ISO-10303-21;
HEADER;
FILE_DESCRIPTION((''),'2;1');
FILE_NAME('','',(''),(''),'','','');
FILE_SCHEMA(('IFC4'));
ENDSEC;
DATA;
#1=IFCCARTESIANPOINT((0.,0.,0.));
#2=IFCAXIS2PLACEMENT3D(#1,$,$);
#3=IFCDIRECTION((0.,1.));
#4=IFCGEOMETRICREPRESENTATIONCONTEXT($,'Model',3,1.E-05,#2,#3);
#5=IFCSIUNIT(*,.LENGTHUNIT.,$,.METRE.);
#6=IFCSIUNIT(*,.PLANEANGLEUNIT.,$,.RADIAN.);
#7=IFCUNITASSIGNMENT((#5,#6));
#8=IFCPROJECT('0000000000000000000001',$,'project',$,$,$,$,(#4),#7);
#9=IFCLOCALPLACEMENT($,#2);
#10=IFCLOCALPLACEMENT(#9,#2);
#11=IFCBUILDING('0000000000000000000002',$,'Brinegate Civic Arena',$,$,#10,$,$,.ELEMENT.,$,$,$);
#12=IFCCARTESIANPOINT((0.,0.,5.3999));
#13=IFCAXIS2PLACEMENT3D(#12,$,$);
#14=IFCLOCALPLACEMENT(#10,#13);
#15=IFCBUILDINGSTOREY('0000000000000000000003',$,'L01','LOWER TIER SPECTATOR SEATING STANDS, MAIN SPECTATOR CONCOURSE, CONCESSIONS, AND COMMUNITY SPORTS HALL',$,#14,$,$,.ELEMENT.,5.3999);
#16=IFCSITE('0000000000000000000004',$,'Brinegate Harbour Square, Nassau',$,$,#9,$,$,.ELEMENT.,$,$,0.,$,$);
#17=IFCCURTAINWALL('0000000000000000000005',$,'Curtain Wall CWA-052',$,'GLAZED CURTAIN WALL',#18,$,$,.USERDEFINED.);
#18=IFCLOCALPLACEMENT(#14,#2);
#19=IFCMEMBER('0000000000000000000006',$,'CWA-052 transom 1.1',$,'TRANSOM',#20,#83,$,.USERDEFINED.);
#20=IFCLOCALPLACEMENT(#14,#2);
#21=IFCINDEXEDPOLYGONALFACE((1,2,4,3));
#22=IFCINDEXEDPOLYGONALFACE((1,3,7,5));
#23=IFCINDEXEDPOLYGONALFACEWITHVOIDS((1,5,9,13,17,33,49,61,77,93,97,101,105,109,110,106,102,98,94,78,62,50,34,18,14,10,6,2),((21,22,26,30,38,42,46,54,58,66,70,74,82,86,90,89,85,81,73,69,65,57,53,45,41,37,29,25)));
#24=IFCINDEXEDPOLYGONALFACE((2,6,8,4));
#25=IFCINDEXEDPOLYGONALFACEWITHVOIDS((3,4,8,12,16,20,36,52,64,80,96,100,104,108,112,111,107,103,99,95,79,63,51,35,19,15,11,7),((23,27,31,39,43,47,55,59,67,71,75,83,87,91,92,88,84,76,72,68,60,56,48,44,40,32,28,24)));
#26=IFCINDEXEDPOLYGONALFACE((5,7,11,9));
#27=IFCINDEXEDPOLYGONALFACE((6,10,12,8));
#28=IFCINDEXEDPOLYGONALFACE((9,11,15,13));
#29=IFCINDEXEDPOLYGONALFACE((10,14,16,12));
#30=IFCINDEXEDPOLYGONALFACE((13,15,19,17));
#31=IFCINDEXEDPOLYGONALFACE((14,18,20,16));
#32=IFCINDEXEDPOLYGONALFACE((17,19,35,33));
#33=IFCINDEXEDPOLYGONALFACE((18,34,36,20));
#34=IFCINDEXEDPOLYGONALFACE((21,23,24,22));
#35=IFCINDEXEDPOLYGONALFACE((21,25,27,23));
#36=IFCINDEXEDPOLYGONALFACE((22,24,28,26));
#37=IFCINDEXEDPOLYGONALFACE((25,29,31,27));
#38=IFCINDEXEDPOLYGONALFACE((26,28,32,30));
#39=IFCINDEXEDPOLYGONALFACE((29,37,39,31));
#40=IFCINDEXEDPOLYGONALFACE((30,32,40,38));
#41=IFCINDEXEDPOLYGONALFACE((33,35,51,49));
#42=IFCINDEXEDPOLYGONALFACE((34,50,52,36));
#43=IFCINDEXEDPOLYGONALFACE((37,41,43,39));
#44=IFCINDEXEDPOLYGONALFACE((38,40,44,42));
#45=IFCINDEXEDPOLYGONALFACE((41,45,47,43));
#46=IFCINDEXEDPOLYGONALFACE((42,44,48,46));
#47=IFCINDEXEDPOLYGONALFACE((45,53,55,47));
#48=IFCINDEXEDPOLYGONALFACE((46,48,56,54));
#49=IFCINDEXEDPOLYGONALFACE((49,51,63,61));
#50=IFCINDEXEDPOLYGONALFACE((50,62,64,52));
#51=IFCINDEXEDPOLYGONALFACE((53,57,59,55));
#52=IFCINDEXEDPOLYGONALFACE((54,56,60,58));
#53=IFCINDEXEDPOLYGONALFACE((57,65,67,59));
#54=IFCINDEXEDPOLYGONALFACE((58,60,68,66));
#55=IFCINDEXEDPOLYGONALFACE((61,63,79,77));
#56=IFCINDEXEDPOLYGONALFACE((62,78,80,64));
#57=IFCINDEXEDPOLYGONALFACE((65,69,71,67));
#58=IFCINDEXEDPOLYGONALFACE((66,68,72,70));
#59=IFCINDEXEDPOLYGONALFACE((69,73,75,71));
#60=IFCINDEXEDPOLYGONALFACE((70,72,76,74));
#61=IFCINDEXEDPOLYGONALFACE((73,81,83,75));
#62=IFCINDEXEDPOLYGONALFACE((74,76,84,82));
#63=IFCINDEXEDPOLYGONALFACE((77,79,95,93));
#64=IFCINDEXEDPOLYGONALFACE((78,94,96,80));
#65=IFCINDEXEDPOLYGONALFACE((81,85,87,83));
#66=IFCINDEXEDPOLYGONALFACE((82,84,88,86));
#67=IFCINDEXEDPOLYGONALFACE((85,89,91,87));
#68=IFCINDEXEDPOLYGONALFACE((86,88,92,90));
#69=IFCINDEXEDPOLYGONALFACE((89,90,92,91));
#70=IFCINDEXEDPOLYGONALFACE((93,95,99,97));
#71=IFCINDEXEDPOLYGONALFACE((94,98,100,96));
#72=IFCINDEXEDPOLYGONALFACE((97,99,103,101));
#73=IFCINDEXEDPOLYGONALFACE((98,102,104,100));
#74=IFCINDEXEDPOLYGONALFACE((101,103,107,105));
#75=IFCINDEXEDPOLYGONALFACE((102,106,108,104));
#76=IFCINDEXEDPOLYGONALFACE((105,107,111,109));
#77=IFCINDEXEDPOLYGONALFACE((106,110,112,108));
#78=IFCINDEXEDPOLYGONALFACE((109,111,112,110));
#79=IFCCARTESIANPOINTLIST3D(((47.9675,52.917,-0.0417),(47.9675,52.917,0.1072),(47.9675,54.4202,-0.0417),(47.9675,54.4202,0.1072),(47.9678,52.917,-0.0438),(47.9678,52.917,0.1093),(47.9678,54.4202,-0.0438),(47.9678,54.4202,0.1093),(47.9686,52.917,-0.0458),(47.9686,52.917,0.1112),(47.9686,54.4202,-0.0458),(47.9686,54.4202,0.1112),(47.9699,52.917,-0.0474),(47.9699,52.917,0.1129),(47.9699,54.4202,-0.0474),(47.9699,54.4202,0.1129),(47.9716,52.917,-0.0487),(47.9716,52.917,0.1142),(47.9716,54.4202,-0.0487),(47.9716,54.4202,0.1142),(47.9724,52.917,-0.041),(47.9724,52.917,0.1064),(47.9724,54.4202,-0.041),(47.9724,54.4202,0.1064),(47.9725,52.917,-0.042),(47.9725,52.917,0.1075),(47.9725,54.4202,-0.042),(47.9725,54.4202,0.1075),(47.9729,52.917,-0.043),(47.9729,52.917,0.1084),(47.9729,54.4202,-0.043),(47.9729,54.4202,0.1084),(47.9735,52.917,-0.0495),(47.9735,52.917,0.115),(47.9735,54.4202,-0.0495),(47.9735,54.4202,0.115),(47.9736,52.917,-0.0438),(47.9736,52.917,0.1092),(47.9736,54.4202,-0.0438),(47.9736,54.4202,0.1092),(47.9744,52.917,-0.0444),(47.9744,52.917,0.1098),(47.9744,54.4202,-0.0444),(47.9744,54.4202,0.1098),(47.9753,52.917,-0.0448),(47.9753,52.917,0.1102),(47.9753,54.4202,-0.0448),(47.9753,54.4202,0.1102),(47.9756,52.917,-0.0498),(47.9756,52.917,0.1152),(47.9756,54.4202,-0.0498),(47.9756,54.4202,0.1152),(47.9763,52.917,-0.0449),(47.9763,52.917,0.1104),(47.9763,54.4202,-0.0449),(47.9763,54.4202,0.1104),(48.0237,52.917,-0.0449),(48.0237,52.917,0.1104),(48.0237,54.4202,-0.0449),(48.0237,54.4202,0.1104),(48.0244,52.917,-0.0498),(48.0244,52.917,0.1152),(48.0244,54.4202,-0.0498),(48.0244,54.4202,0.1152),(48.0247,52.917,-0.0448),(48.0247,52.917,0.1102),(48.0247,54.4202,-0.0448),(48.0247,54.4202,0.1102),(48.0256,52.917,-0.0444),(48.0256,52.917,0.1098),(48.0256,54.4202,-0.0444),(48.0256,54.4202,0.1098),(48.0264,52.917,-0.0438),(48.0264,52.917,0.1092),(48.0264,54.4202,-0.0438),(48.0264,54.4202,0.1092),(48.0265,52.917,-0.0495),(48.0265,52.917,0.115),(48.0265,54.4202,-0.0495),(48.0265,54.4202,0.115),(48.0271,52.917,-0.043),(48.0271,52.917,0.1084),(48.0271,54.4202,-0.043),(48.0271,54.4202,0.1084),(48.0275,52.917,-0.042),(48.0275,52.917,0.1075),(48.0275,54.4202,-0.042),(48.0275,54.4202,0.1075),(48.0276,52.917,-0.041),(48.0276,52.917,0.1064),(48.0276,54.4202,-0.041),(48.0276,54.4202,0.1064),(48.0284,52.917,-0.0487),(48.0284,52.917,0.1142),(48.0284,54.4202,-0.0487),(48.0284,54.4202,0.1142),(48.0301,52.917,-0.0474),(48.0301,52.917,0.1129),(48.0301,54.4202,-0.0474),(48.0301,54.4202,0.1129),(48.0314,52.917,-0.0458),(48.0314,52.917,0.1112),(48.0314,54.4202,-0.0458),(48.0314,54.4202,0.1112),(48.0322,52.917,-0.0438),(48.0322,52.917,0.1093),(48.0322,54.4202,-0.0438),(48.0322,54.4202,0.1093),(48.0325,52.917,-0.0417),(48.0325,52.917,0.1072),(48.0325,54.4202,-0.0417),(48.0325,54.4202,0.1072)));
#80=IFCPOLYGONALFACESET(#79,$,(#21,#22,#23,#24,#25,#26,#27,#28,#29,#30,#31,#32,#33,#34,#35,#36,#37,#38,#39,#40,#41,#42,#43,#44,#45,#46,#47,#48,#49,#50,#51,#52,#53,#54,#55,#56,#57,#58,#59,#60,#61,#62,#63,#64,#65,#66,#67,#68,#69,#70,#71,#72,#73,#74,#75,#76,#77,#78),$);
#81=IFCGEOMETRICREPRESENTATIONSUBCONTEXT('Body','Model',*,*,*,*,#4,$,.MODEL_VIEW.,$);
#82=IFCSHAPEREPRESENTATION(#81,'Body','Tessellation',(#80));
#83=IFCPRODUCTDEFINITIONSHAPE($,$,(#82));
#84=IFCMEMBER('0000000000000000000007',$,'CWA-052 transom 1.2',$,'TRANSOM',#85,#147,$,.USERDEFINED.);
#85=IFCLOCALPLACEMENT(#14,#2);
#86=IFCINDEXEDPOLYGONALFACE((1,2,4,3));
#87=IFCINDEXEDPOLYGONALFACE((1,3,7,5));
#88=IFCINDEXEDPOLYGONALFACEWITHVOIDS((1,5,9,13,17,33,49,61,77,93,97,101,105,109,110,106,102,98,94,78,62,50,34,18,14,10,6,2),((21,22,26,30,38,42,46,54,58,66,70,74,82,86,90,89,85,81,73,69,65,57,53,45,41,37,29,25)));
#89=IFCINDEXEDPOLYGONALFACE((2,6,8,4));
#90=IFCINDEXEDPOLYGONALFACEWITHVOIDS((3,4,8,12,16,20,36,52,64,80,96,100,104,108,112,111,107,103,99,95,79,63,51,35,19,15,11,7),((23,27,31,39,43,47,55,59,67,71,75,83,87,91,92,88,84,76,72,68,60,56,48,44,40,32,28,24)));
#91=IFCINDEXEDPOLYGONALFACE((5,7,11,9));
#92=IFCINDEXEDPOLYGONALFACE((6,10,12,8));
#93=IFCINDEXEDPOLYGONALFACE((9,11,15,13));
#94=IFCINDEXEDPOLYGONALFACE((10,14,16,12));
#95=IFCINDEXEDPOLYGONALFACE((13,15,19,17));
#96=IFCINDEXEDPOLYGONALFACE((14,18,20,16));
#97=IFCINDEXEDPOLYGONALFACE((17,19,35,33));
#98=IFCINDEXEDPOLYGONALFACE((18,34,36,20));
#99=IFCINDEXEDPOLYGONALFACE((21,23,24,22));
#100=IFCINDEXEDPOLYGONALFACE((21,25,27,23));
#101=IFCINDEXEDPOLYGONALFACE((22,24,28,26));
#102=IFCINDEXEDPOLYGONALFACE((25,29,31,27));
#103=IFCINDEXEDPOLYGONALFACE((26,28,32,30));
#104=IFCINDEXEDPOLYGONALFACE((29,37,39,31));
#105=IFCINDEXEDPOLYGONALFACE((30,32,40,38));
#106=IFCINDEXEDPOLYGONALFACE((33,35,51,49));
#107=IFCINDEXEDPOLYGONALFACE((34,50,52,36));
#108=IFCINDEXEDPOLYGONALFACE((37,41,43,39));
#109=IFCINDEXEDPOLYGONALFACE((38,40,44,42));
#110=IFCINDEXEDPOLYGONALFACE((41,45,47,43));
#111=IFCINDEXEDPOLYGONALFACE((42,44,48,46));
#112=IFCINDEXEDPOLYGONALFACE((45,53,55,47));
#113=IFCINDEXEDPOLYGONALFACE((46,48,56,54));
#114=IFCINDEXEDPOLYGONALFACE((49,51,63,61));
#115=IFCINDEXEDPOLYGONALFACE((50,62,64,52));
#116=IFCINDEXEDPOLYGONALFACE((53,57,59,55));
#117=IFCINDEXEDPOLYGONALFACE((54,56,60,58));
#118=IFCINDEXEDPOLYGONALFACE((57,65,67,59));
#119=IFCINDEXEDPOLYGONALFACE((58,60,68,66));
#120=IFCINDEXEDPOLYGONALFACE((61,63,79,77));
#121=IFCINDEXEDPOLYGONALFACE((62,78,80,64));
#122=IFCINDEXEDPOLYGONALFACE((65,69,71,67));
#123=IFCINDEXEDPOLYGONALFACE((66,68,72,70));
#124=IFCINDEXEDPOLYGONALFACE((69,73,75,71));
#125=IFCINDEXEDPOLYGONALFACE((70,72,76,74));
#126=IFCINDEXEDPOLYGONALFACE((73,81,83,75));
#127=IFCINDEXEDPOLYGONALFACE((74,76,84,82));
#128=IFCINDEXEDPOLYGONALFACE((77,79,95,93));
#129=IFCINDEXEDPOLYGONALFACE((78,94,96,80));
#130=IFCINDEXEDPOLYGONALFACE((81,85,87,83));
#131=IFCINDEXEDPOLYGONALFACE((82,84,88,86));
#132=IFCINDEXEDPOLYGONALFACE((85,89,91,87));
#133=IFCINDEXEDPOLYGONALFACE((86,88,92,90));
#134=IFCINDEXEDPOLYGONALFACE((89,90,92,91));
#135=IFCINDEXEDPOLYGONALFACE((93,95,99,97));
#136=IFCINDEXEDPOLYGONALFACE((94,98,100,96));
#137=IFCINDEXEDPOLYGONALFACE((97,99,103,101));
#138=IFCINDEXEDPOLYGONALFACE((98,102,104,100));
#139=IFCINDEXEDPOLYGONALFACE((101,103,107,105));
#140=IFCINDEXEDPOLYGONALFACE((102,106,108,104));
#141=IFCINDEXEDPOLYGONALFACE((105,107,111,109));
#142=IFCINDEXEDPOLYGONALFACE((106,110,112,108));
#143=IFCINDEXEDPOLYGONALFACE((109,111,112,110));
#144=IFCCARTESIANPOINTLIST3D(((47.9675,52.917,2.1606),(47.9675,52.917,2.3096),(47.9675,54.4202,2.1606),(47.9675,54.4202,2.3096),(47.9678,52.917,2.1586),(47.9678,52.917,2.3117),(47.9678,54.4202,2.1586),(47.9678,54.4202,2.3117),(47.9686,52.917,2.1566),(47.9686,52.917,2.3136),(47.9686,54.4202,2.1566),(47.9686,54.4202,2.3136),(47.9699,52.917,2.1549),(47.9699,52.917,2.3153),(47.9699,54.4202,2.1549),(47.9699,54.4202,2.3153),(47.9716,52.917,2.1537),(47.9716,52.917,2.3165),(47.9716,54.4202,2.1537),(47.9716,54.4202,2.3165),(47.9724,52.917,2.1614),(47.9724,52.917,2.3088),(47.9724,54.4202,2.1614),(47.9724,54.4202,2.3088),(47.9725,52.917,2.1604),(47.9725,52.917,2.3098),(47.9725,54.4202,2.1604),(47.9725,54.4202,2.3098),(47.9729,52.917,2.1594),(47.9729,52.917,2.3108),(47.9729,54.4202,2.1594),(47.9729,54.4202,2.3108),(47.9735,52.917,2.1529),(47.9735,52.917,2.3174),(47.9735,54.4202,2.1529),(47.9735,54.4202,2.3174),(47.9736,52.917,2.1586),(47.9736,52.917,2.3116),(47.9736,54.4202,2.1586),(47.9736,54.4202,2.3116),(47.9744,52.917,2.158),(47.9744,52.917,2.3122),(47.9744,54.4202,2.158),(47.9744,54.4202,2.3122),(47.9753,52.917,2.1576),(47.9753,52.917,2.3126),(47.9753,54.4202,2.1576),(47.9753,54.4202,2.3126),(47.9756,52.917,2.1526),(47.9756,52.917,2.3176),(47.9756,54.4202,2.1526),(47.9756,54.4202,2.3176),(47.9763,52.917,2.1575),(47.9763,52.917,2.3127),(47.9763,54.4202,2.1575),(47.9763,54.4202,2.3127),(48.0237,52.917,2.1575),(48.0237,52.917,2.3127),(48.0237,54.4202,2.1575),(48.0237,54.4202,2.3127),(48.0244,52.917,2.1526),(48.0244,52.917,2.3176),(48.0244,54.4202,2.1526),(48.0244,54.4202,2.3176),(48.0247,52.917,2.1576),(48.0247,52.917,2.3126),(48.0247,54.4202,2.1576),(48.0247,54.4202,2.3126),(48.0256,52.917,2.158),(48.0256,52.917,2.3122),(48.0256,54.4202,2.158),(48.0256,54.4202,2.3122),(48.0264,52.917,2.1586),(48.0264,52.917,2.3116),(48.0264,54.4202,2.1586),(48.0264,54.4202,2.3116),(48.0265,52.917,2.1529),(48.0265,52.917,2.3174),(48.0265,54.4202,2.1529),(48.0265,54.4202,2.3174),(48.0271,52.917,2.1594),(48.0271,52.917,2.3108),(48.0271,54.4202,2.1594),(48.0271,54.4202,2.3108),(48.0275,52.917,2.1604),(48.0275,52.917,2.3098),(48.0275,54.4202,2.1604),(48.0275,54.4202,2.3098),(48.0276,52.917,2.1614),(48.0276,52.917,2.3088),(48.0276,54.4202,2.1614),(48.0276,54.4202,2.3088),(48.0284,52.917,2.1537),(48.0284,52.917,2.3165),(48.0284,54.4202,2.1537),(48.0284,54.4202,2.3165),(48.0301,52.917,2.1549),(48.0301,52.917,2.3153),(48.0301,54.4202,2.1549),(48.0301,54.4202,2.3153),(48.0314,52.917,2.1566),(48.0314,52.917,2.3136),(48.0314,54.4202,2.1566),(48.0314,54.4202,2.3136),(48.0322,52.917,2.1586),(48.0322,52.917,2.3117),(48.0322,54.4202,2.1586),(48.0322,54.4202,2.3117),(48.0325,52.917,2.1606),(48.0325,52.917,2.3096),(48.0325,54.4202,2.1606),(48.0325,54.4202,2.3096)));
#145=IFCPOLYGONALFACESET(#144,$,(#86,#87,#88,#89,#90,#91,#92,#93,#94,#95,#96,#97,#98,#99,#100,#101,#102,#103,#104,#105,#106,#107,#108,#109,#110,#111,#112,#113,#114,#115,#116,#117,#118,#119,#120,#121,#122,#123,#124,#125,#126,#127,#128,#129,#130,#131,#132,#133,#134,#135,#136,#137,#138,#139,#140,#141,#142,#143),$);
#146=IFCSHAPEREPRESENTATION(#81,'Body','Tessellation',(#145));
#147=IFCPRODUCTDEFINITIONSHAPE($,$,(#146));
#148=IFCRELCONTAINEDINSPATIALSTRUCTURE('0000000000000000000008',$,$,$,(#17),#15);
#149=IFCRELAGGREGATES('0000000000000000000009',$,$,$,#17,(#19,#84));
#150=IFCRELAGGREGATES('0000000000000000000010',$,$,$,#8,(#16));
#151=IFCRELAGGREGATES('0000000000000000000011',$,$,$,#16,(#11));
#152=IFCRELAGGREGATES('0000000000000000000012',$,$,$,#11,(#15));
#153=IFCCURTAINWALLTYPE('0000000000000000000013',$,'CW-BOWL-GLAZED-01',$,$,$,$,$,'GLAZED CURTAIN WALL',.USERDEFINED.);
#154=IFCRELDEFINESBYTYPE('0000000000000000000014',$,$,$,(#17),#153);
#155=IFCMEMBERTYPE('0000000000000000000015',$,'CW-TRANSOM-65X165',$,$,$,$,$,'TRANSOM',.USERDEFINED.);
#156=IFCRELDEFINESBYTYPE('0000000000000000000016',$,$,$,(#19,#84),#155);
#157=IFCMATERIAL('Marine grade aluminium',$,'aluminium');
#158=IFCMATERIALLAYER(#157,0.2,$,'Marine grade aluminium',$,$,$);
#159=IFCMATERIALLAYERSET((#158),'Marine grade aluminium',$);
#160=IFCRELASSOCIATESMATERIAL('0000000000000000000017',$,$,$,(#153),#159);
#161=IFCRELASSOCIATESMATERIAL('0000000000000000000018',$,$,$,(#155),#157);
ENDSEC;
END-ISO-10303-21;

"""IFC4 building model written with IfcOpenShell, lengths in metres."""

from ifc_helpers import new_model, si_unit, direction, frame, origin, origin_2d, place, context, subcontext, project, spatial, hollow_rectangle, extrude, material, layer, layer_set, material_profile, profile_set, type_object, element, aggregate, save


model = new_model("IFC4")

# Units and contexts
model_context = context("Model", 3, precision=1e-05, world=origin(), true_north=direction((0.0, 1.0)))
body_context = subcontext(model_context, "Body", "Model", "MODEL_VIEW")
ifc_project = project(units=[si_unit("LENGTHUNIT", "METRE"), si_unit("PLANEANGLEUNIT", "RADIAN")], contexts=[model_context])

# Site, building, storey
site_placement = place(None, origin())
site = spatial("IfcSite", under=ifc_project, at=site_placement, Name="Brinegate Harbour Square, Nassau", CompositionType="ELEMENT", RefElevation=0.0)
building_placement = place(site_placement, origin())
building = spatial("IfcBuilding", under=site, at=building_placement, Name="Brinegate Civic Arena", CompositionType="ELEMENT")
storey_placement = place(building_placement, frame((0.0, 0.0, 5.3999)))
storey = spatial("IfcBuildingStorey", under=building, at=storey_placement, Name="L01", Description="LOWER TIER SPECTATOR SEATING STANDS, MAIN SPECTATOR CONCOURSE, CONCESSIONS, AND COMMUNITY SPORTS HALL", CompositionType="ELEMENT", Elevation=5.3999)

# Curtain wall
ifc_material_1 = material(Name="Marine grade aluminium", Category="aluminium")
ifc_layer_1 = layer(ifc_material_1, 0.2, Name="Marine grade aluminium")
ifc_layer_set_1 = layer_set([ifc_layer_1], Name="Marine grade aluminium")
curtain_wall_type_1 = type_object("IfcCurtainWallType", Name="CW-BOWL-GLAZED-01", ElementType="GLAZED CURTAIN WALL", PredefinedType="USERDEFINED", material=ifc_layer_set_1)
curtain_wall_1_placement = place(storey_placement, origin())
curtain_wall_1 = element("IfcCurtainWall", 1, at=curtain_wall_1_placement, inside=storey, type_object=curtain_wall_type_1, Name="Curtain Wall CWA-052", ObjectType="GLAZED CURTAIN WALL", PredefinedType="USERDEFINED")

# Shared definitions
ifc_material_profile_1 = material_profile(ifc_material_1, hollow_rectangle(XDim=0.0649, YDim=0.165, WallThickness=0.0049, InnerFilletRadius=0.0039, OuterFilletRadius=0.0081, at=origin_2d()), Name="TRN65X165")
ifc_profile_set_1 = profile_set([ifc_material_profile_1], Name="Marine grade aluminium")
member_type_1 = type_object("IfcMemberType", Name="CW-TRANSOM-65X165", ElementType="TRANSOM", PredefinedType="USERDEFINED", material=ifc_profile_set_1)

# Members
member_1_placement = place(storey_placement, frame((48.0, 52.917, 0.0327), z_axis=(0.0, 1.0, 0.0), x_axis=(-1.0, 0.0, 0.0)))
member_1 = element("IfcMember", 2, at=member_1_placement, type_object=member_type_1, Name="CWA-052 transom 1.1", ObjectType="TRANSOM", PredefinedType="USERDEFINED", context=body_context, shape_type="SweptSolid", body=[
    extrude(hollow_rectangle(XDim=0.0649, YDim=0.165, WallThickness=0.0049, InnerFilletRadius=0.0039, OuterFilletRadius=0.0081, at=origin_2d()), origin(), (0.0, 0.0, 1.0), 1.5032),
])
member_2_placement = place(storey_placement, frame((48.0, 52.917, 2.2351), z_axis=(0.0, 1.0, 0.0), x_axis=(-1.0, 0.0, 0.0)))
member_2 = element("IfcMember", 3, at=member_2_placement, type_object=member_type_1, Name="CWA-052 transom 1.2", ObjectType="TRANSOM", PredefinedType="USERDEFINED", context=body_context, shape_type="SweptSolid", body=[
    extrude(hollow_rectangle(XDim=0.0649, YDim=0.165, WallThickness=0.0049, InnerFilletRadius=0.0039, OuterFilletRadius=0.0081, at=origin_2d()), origin(), (0.0, 0.0, 1.0), 1.5032),
])
aggregate(curtain_wall_1, [member_1, member_2])

save(model, "model.ifc")
